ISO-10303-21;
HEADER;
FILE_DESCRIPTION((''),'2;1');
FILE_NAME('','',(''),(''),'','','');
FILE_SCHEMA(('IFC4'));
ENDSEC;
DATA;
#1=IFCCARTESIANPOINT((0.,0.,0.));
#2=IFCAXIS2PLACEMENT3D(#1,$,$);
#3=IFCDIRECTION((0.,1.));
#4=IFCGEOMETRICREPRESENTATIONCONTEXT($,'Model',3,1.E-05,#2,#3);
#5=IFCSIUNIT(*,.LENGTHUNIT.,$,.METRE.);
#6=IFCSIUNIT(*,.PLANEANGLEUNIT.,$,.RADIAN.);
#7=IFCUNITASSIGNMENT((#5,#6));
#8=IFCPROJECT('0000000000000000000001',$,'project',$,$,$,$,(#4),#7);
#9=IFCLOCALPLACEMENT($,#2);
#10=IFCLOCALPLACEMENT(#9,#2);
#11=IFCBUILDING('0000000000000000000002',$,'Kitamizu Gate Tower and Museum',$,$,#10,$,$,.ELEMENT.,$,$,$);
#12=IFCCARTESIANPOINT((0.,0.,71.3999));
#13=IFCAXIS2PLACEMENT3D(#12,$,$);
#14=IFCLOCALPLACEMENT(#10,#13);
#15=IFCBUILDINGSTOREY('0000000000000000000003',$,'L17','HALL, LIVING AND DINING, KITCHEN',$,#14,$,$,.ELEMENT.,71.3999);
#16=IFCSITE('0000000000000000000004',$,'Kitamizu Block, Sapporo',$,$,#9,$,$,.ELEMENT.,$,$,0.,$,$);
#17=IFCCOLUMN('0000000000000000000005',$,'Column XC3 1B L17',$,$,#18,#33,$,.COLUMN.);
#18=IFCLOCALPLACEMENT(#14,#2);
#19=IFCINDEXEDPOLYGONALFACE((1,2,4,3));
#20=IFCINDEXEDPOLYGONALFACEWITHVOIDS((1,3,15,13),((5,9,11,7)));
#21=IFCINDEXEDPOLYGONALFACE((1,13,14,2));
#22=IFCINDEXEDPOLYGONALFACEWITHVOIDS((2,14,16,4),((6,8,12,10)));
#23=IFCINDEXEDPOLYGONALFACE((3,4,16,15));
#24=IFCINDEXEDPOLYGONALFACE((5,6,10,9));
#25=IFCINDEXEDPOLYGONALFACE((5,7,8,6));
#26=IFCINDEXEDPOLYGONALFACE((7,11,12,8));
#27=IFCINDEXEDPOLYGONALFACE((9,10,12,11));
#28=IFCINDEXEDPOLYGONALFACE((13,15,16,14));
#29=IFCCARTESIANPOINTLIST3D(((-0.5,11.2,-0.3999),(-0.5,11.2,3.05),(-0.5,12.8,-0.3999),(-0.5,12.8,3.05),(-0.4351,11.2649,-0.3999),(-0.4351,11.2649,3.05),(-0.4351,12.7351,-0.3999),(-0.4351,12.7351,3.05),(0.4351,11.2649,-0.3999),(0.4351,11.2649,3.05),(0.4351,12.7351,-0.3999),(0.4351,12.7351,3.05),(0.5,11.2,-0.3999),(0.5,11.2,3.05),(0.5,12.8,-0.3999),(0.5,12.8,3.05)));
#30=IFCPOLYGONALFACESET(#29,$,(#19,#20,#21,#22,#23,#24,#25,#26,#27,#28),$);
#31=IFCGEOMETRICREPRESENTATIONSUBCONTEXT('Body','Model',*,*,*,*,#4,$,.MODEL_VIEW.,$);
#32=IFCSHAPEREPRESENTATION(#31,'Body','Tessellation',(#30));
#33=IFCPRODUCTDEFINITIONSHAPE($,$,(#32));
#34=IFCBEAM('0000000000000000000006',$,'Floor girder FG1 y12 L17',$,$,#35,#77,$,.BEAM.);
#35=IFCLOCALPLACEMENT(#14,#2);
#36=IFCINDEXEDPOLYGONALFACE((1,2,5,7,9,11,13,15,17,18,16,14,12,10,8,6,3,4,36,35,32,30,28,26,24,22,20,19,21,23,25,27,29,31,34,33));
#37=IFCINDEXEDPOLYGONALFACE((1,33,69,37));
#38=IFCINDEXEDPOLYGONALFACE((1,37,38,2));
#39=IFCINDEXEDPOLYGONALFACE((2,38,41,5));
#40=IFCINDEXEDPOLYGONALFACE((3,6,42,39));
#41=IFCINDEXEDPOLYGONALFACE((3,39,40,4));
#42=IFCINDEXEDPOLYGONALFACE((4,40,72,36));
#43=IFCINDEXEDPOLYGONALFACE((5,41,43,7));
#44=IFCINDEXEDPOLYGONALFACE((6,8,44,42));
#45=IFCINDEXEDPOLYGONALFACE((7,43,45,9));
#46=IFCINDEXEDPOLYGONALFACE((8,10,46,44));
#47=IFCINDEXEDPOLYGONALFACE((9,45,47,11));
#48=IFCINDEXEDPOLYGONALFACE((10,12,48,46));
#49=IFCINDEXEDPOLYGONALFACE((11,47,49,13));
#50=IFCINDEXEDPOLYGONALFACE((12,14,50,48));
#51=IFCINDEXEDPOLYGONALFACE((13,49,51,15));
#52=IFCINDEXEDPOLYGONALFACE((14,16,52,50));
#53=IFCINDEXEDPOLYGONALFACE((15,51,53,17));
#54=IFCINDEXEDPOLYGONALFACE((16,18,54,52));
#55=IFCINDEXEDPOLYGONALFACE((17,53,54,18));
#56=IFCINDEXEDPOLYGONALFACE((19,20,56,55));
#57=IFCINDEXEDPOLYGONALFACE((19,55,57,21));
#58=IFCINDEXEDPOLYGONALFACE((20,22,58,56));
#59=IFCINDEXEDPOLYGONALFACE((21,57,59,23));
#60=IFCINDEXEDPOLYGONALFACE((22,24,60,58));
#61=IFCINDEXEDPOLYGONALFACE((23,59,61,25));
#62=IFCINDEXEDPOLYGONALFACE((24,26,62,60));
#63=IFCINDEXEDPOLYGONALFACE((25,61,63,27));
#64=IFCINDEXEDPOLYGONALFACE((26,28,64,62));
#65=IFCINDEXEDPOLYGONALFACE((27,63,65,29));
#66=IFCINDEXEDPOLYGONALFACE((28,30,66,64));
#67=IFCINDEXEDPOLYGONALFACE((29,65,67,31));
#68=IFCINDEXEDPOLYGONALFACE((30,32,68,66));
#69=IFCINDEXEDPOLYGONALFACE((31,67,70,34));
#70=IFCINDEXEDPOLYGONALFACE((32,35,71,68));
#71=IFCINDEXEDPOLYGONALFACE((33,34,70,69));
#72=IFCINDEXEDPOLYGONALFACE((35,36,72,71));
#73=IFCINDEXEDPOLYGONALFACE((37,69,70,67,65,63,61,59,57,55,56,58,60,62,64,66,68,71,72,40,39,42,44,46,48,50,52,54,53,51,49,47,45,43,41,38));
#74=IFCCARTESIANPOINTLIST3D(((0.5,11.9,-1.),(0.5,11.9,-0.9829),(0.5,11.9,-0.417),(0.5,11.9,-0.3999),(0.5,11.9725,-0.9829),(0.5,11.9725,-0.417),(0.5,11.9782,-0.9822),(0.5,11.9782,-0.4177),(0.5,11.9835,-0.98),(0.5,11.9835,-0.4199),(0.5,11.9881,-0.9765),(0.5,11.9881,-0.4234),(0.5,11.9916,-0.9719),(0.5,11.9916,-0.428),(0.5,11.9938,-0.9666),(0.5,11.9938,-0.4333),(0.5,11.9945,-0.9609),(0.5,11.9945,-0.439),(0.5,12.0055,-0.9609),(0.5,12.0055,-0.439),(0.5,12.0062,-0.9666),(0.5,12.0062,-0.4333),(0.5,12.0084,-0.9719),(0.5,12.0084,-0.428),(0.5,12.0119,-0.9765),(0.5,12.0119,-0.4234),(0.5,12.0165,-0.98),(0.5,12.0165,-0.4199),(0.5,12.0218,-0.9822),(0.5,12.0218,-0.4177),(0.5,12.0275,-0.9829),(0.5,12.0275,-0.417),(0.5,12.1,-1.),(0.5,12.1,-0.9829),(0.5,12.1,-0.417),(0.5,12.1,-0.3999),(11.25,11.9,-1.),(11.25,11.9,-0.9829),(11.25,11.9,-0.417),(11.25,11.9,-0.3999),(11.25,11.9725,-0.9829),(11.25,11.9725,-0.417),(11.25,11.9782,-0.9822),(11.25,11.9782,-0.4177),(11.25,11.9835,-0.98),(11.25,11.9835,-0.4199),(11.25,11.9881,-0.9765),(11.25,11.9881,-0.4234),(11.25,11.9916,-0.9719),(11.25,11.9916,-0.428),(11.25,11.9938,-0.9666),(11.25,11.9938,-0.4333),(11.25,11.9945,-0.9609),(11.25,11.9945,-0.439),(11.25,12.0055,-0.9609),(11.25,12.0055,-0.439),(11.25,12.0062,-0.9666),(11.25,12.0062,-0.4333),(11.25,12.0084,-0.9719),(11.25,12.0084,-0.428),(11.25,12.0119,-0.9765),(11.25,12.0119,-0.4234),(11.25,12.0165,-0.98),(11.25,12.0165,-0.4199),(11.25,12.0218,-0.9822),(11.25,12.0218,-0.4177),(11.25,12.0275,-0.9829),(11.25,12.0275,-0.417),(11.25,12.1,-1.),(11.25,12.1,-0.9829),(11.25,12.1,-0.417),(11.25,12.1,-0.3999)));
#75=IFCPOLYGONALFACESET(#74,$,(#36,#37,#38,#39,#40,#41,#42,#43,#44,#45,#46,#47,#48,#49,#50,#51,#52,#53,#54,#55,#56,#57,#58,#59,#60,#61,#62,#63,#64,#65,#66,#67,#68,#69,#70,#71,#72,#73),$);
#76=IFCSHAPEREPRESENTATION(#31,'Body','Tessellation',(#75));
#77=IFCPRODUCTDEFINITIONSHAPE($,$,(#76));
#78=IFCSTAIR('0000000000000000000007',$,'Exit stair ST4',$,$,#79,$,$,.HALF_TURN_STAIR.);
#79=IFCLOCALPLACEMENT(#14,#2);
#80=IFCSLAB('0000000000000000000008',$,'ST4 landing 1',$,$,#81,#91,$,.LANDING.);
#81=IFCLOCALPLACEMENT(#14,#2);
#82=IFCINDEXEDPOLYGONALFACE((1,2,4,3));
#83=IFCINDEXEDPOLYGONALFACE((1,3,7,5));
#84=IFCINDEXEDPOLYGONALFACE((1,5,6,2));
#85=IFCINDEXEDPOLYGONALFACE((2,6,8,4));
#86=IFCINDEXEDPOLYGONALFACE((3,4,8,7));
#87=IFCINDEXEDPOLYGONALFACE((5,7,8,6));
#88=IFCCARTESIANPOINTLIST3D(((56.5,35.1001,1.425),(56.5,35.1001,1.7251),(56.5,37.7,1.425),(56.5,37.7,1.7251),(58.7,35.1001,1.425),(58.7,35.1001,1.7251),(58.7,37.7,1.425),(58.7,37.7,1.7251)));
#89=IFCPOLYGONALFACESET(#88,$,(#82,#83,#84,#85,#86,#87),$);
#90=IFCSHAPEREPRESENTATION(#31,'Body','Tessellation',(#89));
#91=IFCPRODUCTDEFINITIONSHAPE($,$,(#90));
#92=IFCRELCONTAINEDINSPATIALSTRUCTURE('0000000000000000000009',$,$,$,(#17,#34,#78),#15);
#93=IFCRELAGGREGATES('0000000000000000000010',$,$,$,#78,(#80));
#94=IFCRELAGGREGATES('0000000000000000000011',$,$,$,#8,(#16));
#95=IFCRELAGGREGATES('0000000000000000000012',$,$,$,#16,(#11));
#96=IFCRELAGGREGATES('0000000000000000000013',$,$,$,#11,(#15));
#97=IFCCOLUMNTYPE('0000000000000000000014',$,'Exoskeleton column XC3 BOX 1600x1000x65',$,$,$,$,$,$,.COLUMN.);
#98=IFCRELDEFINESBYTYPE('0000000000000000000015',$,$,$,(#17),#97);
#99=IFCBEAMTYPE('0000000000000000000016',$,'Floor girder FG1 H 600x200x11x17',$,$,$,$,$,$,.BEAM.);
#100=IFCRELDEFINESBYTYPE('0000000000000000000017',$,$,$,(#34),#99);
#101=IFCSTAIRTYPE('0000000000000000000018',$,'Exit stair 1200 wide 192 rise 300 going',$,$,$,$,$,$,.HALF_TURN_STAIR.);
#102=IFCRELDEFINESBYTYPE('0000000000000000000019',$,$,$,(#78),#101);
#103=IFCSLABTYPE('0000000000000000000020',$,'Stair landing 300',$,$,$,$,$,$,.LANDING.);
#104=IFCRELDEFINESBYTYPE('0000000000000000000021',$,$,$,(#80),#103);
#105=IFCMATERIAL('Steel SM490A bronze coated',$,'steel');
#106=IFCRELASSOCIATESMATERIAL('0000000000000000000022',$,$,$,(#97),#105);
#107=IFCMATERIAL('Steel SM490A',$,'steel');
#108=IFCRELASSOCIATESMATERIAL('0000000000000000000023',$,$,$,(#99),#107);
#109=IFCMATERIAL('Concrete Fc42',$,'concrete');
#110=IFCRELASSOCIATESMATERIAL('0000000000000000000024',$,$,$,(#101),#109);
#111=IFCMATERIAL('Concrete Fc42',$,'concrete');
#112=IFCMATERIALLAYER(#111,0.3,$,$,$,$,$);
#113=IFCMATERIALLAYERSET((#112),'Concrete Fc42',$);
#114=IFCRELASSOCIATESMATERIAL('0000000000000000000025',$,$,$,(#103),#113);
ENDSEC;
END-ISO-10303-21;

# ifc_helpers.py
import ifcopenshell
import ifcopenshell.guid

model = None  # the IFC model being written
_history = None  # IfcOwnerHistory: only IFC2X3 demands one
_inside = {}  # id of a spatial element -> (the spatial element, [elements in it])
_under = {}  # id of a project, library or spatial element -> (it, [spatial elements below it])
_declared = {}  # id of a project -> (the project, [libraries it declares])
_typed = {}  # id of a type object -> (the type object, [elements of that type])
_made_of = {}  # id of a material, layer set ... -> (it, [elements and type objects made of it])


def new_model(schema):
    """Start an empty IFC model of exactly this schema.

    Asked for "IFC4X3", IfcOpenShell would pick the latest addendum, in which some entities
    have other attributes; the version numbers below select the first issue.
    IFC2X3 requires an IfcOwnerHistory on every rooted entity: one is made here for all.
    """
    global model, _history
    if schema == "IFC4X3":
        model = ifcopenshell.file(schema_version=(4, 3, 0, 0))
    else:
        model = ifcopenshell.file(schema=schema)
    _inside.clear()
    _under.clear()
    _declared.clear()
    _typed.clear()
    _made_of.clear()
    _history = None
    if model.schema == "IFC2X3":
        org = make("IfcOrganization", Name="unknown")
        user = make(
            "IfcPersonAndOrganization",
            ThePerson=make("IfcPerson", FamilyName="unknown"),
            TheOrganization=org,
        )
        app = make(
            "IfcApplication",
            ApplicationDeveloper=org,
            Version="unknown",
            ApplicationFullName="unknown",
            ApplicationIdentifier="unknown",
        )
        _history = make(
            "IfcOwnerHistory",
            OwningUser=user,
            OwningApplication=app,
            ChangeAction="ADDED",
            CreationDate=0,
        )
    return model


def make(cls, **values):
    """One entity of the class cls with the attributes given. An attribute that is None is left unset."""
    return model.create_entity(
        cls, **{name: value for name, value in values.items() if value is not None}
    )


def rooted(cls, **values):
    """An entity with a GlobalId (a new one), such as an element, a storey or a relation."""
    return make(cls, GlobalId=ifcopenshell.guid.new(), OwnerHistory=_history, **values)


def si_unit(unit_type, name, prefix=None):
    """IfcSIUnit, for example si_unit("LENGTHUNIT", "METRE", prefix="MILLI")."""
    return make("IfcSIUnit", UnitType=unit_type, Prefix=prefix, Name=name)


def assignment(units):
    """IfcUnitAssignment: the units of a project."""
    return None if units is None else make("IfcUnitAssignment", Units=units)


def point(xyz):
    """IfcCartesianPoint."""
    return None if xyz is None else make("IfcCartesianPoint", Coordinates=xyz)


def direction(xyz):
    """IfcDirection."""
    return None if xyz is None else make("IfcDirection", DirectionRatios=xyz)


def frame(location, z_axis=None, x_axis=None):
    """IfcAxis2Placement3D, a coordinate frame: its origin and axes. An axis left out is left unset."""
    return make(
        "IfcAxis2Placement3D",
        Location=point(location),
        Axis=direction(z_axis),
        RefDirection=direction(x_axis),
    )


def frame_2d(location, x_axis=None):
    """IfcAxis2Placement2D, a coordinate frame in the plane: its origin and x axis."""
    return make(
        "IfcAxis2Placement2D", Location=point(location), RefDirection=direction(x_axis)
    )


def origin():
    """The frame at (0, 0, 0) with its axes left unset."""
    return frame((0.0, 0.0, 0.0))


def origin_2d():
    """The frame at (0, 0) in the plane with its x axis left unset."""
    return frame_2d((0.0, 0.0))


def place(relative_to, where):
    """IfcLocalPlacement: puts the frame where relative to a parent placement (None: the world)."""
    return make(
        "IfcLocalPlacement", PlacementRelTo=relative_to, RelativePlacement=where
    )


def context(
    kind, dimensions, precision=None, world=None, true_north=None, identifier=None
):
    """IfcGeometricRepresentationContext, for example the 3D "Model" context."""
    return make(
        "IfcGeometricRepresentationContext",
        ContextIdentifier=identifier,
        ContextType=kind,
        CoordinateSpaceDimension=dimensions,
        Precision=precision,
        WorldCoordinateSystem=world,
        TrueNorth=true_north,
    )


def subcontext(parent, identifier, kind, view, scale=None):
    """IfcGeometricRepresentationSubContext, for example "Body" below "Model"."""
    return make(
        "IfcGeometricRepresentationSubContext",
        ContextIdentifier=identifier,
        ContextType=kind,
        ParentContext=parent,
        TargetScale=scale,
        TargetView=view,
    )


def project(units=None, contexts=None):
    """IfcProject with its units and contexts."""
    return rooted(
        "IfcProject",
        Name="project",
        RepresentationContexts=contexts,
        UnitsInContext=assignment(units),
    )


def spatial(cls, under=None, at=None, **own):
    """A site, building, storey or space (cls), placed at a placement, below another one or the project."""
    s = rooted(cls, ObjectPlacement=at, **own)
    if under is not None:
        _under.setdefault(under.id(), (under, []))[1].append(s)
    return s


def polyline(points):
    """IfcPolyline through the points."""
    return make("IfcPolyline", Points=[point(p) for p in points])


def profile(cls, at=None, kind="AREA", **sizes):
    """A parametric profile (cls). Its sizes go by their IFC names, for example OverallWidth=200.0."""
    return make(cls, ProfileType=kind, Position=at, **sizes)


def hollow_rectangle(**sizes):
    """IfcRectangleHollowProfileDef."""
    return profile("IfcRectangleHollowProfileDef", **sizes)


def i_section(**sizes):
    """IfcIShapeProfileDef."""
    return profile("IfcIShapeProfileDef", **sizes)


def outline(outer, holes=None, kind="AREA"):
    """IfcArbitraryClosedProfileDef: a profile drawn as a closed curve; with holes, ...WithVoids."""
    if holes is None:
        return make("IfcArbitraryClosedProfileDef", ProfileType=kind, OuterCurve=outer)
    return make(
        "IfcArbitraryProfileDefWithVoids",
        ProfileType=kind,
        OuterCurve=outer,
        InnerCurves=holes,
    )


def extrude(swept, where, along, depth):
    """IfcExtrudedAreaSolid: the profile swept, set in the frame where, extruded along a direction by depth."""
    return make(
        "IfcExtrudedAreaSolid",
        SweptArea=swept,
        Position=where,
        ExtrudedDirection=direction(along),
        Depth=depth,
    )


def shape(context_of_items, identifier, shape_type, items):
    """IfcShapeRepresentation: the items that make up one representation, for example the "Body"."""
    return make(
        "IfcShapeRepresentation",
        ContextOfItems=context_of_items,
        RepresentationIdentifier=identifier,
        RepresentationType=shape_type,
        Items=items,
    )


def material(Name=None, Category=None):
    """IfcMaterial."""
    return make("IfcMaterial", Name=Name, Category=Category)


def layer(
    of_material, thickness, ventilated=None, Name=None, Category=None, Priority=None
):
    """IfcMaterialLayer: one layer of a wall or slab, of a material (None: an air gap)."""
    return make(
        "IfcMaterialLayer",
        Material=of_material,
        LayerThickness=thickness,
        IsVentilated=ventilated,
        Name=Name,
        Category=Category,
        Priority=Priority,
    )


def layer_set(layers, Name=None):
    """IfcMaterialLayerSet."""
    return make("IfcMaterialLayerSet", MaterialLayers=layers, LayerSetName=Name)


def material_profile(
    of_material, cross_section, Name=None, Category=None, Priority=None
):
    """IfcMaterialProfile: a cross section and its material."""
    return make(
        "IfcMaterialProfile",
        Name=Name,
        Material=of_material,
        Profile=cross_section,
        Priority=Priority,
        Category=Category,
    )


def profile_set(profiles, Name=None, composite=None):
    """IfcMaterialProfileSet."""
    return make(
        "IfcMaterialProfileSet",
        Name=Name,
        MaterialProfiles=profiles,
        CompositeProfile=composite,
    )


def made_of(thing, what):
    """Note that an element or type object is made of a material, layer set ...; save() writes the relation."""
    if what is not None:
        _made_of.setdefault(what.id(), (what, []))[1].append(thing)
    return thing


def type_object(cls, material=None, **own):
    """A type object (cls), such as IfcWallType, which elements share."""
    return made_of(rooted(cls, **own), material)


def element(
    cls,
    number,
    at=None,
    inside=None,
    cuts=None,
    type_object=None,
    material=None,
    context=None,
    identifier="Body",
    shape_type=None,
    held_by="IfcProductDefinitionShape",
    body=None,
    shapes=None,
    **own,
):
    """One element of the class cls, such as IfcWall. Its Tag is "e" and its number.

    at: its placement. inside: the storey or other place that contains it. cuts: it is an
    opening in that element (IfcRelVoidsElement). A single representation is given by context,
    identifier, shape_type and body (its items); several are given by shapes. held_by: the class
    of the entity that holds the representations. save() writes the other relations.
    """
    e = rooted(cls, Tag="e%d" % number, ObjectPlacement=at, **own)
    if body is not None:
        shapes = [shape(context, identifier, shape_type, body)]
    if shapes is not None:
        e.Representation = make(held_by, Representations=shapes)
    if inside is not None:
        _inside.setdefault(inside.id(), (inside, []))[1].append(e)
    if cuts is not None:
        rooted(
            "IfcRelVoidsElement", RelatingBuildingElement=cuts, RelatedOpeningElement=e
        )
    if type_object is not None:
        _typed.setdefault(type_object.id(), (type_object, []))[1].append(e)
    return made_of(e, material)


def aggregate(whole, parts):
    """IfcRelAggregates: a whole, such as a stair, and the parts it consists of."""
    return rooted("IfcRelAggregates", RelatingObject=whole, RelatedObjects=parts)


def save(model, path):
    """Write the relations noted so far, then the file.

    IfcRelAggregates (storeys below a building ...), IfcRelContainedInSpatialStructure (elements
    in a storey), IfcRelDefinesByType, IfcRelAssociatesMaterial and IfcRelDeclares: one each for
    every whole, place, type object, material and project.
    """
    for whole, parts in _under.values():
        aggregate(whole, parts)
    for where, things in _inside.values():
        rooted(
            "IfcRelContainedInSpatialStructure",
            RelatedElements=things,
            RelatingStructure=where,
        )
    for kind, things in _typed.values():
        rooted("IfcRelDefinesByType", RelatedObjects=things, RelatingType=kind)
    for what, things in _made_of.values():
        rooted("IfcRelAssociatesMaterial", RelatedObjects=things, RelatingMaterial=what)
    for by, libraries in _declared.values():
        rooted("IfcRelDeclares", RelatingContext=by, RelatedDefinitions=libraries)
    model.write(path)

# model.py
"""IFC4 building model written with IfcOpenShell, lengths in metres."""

from ifc_helpers import new_model, si_unit, direction, frame, origin, origin_2d, place, context, subcontext, project, spatial, polyline, hollow_rectangle, i_section, outline, extrude, material, layer, layer_set, material_profile, profile_set, type_object, element, aggregate, save


model = new_model("IFC4")

# Units and contexts
model_context = context("Model", 3, precision=1e-05, world=origin(), true_north=direction((0.0, 1.0)))
body_context = subcontext(model_context, "Body", "Model", "MODEL_VIEW")
ifc_project = project(units=[si_unit("LENGTHUNIT", "METRE"), si_unit("PLANEANGLEUNIT", "RADIAN")], contexts=[model_context])

# Site, building, storey
site_placement = place(None, origin())
site = spatial("IfcSite", under=ifc_project, at=site_placement, Name="Kitamizu Block, Sapporo", CompositionType="ELEMENT", RefElevation=0.0)
building_placement = place(site_placement, origin())
building = spatial("IfcBuilding", under=site, at=building_placement, Name="Kitamizu Gate Tower and Museum", CompositionType="ELEMENT")
storey_placement = place(building_placement, frame((0.0, 0.0, 71.3999)))
storey = spatial("IfcBuildingStorey", under=building, at=storey_placement, Name="L17", Description="HALL, LIVING AND DINING, KITCHEN", CompositionType="ELEMENT", Elevation=71.3999)

# Column
ifc_material_1 = material(Name="Steel SM490A bronze coated", Category="steel")
ifc_material_profile_1 = material_profile(ifc_material_1, hollow_rectangle(XDim=1.6001, YDim=1.0, WallThickness=0.0649, at=origin_2d()), Name="BOX 1600x1000x65")
ifc_profile_set_1 = profile_set([ifc_material_profile_1], Name="Steel SM490A bronze coated")
column_type = type_object("IfcColumnType", Name="Exoskeleton column XC3 BOX 1600x1000x65", PredefinedType="COLUMN", material=ifc_profile_set_1)
column_placement = place(storey_placement, frame((0.0, 12.0, -0.3999), z_axis=(0.0, 0.0, 1.0), x_axis=(0.0, 1.0, 0.0)))
element("IfcColumn", 1, at=column_placement, inside=storey, type_object=column_type, Name="Column XC3 1B L17", PredefinedType="COLUMN", context=body_context, shape_type="SweptSolid", body=[
    extrude(hollow_rectangle(XDim=1.6001, YDim=1.0, WallThickness=0.0649, at=origin_2d()), origin(), (0.0, 0.0, 1.0), 3.45),
])

# Beam
ifc_material_2 = material(Name="Steel SM490A", Category="steel")
ifc_material_profile_2 = material_profile(ifc_material_2, i_section(OverallWidth=0.2, OverallDepth=0.6001, WebThickness=0.011, FlangeThickness=0.0171, FilletRadius=0.022, at=origin_2d()), Name="H-600x200x11x17")
ifc_profile_set_2 = profile_set([ifc_material_profile_2], Name="Steel SM490A")
beam_type = type_object("IfcBeamType", Name="Floor girder FG1 H 600x200x11x17", PredefinedType="BEAM", material=ifc_profile_set_2)
beam_placement = place(storey_placement, frame((0.5, 12.0, -0.7), z_axis=(1.0, 0.0, 0.0), x_axis=(0.0, 1.0, 0.0)))
element("IfcBeam", 2, at=beam_placement, inside=storey, type_object=beam_type, Name="Floor girder FG1 y12 L17", PredefinedType="BEAM", context=body_context, shape_type="SweptSolid", body=[
    extrude(i_section(OverallWidth=0.2, OverallDepth=0.6001, WebThickness=0.011, FlangeThickness=0.0171, FilletRadius=0.022, at=origin_2d()), origin(), (0.0, 0.0, 1.0), 10.75),
])

# Stair, slab
ifc_material_3 = material(Name="Concrete Fc42", Category="concrete")
stair_type = type_object("IfcStairType", Name="Exit stair 1200 wide 192 rise 300 going", PredefinedType="HALF_TURN_STAIR", material=ifc_material_3)
stair_placement = place(storey_placement, origin())
stair = element("IfcStair", 3, at=stair_placement, inside=storey, type_object=stair_type, Name="Exit stair ST4", PredefinedType="HALF_TURN_STAIR")
ifc_material_4 = material(Name="Concrete Fc42", Category="concrete")
ifc_layer_1 = layer(ifc_material_4, 0.3)
ifc_layer_set_1 = layer_set([ifc_layer_1], Name="Concrete Fc42")
slab_type = type_object("IfcSlabType", Name="Stair landing 300", PredefinedType="LANDING", material=ifc_layer_set_1)
slab_placement = place(storey_placement, frame((0.0, 0.0, 1.425)))
slab = element("IfcSlab", 4, at=slab_placement, type_object=slab_type, Name="ST4 landing 1", PredefinedType="LANDING", context=body_context, shape_type="SweptSolid", body=[
    extrude(outline(polyline([(56.5, 35.1001), (58.7, 35.1001), (58.7, 37.7), (56.5, 37.7), (56.5, 35.1001)])), origin(), (0.0, 0.0, 1.0), 0.3),
])
aggregate(stair, [slab])

save(model, "model.ifc")
